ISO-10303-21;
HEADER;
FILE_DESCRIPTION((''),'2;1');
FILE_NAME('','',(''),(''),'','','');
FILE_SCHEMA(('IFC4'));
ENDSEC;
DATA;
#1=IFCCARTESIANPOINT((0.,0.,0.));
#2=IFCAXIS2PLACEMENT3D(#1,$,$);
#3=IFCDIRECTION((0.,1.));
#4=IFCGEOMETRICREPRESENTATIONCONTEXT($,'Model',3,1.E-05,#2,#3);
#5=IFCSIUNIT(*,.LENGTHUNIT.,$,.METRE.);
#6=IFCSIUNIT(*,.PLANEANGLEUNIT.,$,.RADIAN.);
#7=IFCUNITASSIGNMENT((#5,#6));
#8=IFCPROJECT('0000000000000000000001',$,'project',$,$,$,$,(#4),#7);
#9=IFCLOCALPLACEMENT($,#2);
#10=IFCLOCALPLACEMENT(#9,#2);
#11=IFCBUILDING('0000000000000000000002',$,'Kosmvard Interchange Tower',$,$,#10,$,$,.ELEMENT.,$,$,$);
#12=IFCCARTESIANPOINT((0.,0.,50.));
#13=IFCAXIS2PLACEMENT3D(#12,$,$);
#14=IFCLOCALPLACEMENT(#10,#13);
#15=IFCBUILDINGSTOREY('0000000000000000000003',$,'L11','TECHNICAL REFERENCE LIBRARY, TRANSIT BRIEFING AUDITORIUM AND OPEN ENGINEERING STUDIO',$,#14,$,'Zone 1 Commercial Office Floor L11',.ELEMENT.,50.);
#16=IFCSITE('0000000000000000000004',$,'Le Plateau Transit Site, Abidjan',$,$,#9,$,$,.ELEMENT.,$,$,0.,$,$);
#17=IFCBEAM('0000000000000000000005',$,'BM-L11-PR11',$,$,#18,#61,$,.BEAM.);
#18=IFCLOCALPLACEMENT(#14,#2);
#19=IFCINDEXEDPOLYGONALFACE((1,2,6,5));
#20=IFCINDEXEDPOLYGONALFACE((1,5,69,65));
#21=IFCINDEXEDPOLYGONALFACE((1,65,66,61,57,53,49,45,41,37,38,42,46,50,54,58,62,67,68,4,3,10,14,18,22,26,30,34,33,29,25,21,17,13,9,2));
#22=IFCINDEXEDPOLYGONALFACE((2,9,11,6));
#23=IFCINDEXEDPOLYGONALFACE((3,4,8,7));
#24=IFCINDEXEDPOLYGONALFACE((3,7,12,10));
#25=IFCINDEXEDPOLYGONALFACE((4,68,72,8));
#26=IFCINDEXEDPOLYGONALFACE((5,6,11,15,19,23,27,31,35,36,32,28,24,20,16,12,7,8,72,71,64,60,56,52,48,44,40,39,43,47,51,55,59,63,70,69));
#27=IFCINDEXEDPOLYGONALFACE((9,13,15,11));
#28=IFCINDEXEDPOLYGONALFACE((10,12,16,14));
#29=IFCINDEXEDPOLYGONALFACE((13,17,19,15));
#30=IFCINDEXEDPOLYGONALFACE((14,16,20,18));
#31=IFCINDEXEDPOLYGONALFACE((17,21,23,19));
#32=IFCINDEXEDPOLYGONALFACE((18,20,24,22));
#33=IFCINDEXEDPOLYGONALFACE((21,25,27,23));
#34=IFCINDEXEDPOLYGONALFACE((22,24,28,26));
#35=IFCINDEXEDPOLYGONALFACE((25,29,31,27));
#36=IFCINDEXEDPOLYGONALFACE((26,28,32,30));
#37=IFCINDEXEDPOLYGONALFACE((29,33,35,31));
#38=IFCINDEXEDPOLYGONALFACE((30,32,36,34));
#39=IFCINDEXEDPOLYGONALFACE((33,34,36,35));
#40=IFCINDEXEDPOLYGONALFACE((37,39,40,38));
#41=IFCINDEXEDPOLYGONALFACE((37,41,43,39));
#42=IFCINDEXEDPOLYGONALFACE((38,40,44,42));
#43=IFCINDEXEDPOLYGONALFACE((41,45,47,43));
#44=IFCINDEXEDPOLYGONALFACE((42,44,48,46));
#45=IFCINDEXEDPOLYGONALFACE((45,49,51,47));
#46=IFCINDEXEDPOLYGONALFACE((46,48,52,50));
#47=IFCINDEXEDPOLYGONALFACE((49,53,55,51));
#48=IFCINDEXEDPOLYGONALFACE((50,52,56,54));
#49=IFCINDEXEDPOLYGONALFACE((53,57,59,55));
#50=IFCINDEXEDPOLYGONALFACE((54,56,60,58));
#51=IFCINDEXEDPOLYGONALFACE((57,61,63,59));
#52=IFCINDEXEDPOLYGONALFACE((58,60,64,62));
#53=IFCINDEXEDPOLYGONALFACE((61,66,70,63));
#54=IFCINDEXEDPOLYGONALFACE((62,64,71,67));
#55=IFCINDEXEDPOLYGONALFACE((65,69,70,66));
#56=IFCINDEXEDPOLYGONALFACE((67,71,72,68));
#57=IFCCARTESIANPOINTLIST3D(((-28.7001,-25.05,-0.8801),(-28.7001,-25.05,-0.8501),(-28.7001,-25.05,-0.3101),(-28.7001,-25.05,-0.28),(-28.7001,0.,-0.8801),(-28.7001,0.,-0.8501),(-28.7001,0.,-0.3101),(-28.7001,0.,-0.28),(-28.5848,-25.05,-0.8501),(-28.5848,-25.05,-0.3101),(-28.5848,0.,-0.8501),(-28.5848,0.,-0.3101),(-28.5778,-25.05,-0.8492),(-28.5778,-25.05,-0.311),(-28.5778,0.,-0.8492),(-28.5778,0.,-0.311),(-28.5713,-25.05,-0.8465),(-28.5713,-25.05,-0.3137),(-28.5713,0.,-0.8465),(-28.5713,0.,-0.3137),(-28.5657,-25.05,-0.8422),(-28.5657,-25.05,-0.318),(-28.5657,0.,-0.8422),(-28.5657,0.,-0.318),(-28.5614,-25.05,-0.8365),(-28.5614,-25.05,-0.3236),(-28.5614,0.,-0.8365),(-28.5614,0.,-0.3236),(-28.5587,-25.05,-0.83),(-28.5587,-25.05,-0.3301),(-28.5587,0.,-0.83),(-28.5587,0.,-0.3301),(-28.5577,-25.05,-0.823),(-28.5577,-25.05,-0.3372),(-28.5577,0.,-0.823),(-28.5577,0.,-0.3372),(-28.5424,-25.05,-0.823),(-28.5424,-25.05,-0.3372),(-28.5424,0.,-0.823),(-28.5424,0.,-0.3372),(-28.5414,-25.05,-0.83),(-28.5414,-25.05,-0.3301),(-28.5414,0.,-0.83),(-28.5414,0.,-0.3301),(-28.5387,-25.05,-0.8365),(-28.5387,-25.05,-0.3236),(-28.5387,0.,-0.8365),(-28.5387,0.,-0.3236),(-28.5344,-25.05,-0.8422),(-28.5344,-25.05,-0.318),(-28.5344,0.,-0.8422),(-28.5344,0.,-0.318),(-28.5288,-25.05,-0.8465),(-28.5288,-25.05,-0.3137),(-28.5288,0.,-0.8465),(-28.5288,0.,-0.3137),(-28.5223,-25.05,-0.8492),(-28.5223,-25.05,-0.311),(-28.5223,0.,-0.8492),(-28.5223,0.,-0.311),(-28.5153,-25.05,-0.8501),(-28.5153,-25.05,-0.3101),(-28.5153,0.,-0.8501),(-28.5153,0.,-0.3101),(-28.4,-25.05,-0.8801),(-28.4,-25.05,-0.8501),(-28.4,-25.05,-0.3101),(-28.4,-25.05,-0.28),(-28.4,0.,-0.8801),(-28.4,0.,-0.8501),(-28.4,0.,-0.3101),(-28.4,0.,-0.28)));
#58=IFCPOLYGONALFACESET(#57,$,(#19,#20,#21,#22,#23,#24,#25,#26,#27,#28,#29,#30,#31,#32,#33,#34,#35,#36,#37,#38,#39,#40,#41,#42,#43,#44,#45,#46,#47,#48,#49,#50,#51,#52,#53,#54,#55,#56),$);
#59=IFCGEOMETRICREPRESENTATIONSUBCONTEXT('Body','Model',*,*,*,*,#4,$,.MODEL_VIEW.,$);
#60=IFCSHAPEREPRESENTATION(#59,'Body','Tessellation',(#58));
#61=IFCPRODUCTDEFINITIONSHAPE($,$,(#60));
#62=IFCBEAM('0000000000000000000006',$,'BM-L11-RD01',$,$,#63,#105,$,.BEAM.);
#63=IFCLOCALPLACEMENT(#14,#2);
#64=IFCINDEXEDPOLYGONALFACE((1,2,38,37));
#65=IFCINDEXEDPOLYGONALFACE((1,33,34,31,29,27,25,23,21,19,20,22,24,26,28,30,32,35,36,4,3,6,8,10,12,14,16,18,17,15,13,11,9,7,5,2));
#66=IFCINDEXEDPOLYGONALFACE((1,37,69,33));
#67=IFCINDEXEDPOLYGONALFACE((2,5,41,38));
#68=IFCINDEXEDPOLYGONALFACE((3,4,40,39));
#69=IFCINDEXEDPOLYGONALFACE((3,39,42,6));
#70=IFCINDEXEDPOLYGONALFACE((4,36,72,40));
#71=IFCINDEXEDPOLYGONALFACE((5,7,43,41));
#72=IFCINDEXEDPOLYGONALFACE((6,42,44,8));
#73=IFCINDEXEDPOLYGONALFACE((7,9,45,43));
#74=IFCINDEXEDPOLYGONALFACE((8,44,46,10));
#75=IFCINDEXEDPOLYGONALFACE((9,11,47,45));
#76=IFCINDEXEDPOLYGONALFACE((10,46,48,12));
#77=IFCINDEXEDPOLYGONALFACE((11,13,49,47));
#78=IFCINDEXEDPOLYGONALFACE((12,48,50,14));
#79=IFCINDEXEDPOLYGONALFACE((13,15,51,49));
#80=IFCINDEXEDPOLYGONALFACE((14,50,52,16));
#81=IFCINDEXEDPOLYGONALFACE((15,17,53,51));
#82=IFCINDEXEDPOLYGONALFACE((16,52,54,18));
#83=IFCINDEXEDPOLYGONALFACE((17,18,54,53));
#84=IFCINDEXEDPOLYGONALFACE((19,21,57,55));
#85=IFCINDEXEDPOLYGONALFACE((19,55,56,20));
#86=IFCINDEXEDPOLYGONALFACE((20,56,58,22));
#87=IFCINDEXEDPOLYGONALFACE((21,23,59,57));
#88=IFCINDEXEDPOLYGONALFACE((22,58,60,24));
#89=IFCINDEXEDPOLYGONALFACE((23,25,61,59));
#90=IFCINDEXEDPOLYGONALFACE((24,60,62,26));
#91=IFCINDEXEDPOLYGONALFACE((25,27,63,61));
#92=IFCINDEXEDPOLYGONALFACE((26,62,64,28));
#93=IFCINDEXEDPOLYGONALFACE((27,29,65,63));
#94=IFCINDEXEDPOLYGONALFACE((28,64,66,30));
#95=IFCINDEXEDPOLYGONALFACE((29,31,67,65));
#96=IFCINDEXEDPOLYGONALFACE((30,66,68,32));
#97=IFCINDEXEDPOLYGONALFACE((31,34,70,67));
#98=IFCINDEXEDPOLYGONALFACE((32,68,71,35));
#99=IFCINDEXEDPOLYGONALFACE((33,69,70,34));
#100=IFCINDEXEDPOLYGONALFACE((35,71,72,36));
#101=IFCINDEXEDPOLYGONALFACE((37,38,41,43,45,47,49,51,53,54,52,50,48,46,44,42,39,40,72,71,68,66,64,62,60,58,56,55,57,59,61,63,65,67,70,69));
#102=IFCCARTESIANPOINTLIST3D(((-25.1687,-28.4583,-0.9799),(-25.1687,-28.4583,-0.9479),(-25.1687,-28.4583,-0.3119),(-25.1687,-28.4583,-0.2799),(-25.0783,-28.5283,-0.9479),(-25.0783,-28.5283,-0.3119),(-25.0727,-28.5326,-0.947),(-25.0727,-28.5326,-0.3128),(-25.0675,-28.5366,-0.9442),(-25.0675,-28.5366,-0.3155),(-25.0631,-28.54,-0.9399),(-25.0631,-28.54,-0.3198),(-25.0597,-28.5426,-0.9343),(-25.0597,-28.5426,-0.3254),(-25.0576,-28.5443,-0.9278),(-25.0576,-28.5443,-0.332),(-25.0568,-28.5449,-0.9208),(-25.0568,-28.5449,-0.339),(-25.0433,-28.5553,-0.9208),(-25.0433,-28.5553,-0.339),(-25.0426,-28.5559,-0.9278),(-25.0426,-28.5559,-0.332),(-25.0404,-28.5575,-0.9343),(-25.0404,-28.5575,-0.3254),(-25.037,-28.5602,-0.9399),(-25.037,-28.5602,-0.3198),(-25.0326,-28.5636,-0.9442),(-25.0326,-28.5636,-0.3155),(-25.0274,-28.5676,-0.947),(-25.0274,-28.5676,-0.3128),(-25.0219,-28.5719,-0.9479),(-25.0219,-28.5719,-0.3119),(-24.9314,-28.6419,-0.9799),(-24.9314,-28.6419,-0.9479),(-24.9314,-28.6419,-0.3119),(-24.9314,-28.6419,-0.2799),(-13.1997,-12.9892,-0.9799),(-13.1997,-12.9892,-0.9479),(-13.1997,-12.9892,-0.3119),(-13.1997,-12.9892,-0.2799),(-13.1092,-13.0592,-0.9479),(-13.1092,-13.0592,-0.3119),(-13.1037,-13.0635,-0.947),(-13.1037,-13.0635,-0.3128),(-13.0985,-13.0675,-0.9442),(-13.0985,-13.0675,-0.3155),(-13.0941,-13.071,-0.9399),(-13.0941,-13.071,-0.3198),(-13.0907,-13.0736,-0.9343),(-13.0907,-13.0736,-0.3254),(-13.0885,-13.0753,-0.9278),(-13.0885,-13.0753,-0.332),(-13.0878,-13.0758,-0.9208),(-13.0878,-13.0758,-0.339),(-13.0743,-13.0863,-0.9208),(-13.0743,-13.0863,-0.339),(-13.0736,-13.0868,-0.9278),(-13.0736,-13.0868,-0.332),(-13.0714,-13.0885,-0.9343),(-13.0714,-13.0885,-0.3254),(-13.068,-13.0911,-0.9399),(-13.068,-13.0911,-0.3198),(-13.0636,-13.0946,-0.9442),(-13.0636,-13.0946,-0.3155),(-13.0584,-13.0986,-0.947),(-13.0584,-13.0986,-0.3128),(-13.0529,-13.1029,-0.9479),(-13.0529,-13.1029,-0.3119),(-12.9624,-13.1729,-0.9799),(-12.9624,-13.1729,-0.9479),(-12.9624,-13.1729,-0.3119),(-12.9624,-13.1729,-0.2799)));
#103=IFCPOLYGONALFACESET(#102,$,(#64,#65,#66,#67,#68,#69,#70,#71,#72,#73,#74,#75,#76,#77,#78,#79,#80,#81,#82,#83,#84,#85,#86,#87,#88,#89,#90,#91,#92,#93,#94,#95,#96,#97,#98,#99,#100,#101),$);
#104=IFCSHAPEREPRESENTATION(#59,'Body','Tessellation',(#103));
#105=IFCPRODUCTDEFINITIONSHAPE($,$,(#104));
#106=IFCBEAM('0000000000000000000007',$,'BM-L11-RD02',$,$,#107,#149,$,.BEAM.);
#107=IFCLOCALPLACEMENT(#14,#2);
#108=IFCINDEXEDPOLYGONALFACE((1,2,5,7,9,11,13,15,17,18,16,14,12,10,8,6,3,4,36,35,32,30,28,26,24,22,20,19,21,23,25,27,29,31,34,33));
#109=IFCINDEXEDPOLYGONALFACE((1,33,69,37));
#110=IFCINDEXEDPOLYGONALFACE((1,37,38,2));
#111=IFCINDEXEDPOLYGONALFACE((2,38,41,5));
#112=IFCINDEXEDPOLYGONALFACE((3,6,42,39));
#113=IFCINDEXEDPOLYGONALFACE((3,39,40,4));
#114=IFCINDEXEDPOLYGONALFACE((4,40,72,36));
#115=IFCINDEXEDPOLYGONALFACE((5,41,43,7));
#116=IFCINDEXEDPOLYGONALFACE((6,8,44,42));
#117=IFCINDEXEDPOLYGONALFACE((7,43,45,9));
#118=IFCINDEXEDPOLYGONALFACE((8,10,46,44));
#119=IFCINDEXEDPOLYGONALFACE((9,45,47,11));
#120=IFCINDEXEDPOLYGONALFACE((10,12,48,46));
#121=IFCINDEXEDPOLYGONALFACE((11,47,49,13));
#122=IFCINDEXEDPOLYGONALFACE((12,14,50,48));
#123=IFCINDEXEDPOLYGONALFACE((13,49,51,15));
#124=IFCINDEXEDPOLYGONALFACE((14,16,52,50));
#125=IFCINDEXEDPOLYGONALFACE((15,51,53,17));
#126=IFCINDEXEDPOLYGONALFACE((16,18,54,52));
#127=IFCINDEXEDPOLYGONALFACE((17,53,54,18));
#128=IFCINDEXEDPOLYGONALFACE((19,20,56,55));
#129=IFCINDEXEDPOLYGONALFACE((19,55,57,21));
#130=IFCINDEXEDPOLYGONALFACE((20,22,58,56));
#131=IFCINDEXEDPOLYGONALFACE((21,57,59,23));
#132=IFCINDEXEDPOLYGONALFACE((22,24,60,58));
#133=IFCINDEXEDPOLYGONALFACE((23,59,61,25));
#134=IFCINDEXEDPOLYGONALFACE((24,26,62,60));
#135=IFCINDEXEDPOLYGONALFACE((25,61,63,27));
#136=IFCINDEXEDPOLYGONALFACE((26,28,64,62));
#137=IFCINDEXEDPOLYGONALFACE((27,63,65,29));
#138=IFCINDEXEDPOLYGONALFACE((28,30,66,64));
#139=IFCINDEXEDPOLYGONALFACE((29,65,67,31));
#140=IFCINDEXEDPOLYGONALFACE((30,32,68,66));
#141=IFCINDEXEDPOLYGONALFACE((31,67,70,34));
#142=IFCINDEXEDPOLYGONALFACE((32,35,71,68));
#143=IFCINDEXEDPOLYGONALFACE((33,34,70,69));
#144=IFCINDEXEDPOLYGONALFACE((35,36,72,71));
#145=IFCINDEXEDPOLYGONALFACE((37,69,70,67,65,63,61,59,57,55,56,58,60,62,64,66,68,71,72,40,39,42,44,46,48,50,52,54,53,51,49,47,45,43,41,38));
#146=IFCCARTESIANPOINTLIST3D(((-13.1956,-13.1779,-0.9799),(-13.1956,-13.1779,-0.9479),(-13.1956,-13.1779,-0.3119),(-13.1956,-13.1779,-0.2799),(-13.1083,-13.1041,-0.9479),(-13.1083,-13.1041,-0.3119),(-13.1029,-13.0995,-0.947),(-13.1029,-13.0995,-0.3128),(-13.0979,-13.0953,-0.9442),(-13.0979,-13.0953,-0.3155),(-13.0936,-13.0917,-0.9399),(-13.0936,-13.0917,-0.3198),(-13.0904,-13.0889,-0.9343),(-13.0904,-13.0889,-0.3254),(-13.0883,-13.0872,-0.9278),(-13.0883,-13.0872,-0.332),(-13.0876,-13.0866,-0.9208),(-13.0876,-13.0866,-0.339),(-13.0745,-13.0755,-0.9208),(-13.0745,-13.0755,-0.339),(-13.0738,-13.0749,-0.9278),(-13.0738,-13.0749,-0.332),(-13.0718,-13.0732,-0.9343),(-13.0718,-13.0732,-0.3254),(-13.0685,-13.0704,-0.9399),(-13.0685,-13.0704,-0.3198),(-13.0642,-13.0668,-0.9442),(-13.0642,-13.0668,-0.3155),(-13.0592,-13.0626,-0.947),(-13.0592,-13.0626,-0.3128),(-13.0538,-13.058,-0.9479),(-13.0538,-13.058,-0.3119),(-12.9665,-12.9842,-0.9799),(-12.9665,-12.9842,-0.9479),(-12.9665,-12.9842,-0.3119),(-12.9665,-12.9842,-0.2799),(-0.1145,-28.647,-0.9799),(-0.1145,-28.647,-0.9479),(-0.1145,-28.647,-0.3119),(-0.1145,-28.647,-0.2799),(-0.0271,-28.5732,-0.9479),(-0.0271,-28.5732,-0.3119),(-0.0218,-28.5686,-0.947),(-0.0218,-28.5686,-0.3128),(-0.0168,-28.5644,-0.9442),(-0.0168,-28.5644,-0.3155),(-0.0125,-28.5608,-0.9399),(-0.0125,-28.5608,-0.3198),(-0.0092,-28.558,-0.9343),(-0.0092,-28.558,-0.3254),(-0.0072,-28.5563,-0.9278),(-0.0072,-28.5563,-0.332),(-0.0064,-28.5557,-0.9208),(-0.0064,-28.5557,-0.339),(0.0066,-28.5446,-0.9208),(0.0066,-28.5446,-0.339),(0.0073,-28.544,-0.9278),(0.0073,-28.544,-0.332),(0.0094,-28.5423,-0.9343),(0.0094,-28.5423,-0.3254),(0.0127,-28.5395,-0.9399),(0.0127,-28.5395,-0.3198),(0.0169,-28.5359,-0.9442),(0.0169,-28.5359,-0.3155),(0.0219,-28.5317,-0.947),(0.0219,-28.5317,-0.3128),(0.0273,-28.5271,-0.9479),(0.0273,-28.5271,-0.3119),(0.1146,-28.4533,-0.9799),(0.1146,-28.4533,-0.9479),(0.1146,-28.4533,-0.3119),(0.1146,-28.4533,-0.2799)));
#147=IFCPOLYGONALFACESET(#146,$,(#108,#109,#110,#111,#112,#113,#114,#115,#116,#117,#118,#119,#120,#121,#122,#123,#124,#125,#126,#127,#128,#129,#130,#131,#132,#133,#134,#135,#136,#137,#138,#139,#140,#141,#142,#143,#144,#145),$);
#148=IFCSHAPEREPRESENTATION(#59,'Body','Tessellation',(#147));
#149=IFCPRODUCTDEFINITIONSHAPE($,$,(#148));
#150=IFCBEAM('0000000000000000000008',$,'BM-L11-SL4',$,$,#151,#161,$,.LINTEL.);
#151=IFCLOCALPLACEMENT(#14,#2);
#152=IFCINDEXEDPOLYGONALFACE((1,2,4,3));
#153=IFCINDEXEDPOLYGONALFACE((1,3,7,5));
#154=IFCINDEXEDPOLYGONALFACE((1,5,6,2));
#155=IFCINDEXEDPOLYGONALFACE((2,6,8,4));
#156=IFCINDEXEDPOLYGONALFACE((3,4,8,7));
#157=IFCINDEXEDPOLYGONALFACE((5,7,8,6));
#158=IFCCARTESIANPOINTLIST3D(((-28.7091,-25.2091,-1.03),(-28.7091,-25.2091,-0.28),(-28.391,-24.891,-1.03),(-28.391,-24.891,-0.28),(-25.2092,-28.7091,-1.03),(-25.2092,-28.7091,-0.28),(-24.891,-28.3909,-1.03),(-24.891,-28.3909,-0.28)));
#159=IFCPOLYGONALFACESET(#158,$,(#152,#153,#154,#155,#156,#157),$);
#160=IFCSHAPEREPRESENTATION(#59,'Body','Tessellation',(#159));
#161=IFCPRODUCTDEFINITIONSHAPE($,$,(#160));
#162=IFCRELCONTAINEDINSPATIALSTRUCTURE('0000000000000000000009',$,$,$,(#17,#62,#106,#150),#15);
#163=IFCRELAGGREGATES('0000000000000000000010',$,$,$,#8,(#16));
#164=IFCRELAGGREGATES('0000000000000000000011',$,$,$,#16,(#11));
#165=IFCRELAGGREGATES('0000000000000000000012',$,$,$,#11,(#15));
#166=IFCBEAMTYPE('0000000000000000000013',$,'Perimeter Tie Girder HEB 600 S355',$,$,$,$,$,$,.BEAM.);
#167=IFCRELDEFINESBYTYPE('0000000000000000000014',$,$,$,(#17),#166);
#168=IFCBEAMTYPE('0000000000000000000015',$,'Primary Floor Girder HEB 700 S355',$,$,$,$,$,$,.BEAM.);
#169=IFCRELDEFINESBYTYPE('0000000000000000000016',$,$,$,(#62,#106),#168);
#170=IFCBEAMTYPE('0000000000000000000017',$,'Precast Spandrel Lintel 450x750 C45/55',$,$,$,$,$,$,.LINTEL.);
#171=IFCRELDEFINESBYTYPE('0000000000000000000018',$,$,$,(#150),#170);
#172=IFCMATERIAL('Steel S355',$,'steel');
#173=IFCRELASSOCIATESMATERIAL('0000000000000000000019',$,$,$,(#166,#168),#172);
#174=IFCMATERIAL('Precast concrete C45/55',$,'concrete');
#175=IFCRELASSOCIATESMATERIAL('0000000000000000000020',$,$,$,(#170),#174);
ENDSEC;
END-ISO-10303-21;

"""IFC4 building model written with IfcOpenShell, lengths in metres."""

from ifc_helpers import new_model, si_unit, direction, frame, origin, origin_2d, place, context, subcontext, project, spatial, rectangle, i_section, extrude, source, transform, mapped, material, material_profile, profile_set, type_object, element, save


model = new_model("IFC4")

# Units and contexts
model_context = context("Model", 3, precision=1e-05, world=origin(), true_north=direction((0.0, 1.0)))
body_context = subcontext(model_context, "Body", "Model", "MODEL_VIEW")
ifc_project = project(units=[si_unit("LENGTHUNIT", "METRE"), si_unit("PLANEANGLEUNIT", "RADIAN")], contexts=[model_context])

# Site, building, storey
site_placement = place(None, origin())
site = spatial("IfcSite", under=ifc_project, at=site_placement, Name="Le Plateau Transit Site, Abidjan", CompositionType="ELEMENT", RefElevation=0.0)
building_placement = place(site_placement, origin())
building = spatial("IfcBuilding", under=site, at=building_placement, Name="Kosmvard Interchange Tower", CompositionType="ELEMENT")
storey_placement = place(building_placement, frame((0.0, 0.0, 50.0)))
storey = spatial("IfcBuildingStorey", under=building, at=storey_placement, Name="L11", Description="TECHNICAL REFERENCE LIBRARY, TRANSIT BRIEFING AUDITORIUM AND OPEN ENGINEERING STUDIO", LongName="Zone 1 Commercial Office Floor L11", CompositionType="ELEMENT", Elevation=50.0)

# Beams
ifc_material_1 = material(Name="Steel S355", Category="steel")
ifc_material_profile_1 = material_profile(ifc_material_1, i_section(OverallWidth=0.3, OverallDepth=0.6001, WebThickness=0.0154, FlangeThickness=0.03, FilletRadius=0.0271, at=origin_2d()), Name="HEB 600")
ifc_profile_set_1 = profile_set([ifc_material_profile_1], Name="Steel S355")
beam_type_1 = type_object("IfcBeamType", Name="Perimeter Tie Girder HEB 600 S355", PredefinedType="BEAM", material=ifc_profile_set_1)
shared_shape_1 = source(origin(), body_context, "Body", "SweptSolid", [
    extrude(i_section(OverallWidth=0.3, OverallDepth=0.6001, WebThickness=0.0154, FlangeThickness=0.03, FilletRadius=0.0271, at=origin_2d()), origin(), (0.0, 0.0, 1.0), 25.05),
])
for number, where, z_axis, x_axis, name in (
    (1, (-28.55, 0.0, -0.5801), (0.0, -1.0, 0.0), (1.0, 0.0, 0.0), "BM-L11-PR11"),
):
    element("IfcBeam", number, at=place(storey_placement, frame(where, z_axis=z_axis, x_axis=x_axis)), inside=storey, type_object=beam_type_1, Name=name, PredefinedType="BEAM", context=body_context, shape_type="MappedRepresentation", body=[
        mapped(shared_shape_1, transform((0.0, 0.0, 0.0), scale=1.0)),
    ])
ifc_material_profile_2 = material_profile(ifc_material_1, i_section(OverallWidth=0.3, OverallDepth=0.7, WebThickness=0.0171, FlangeThickness=0.032, FilletRadius=0.0271, at=origin_2d()), Name="HEB 700")
ifc_profile_set_2 = profile_set([ifc_material_profile_2], Name="Steel S355")
beam_type_2 = type_object("IfcBeamType", Name="Primary Floor Girder HEB 700 S355", PredefinedType="BEAM", material=ifc_profile_set_2)
shared_shape_2 = source(origin(), body_context, "Body", "SweptSolid", [
    extrude(i_section(OverallWidth=0.3, OverallDepth=0.7, WebThickness=0.0171, FlangeThickness=0.032, FilletRadius=0.0271, at=origin_2d()), origin(), (0.0, 0.0, 1.0), 19.5588),
])
beam_1_placement = place(storey_placement, frame((-13.0811, -13.0811, -0.6299), z_axis=(-0.611949, -0.790897, 0.0), x_axis=(0.790897, -0.611949, 0.0)))
element("IfcBeam", 2, at=beam_1_placement, inside=storey, type_object=beam_type_2, Name="BM-L11-RD01", PredefinedType="BEAM", context=body_context, shape_type="MappedRepresentation", body=[
    mapped(shared_shape_2, transform((0.0, 0.0, 0.0), scale=1.0)),
])
shared_shape_3 = source(origin(), body_context, "Body", "SweptSolid", [
    extrude(i_section(OverallWidth=0.3, OverallDepth=0.7, WebThickness=0.0171, FlangeThickness=0.032, FilletRadius=0.0271, at=origin_2d()), origin(), (0.0, 0.0, 1.0), 20.2585),
])
beam_2_placement = place(storey_placement, frame((-13.0811, -13.0811, -0.6299), z_axis=(0.645709, -0.763583, 0.0), x_axis=(0.763583, 0.645709, 0.0)))
element("IfcBeam", 3, at=beam_2_placement, inside=storey, type_object=beam_type_2, Name="BM-L11-RD02", PredefinedType="BEAM", context=body_context, shape_type="MappedRepresentation", body=[
    mapped(shared_shape_3, transform((0.0, 0.0, 0.0), scale=1.0)),
])
ifc_material_2 = material(Name="Precast concrete C45/55", Category="concrete")
ifc_material_profile_3 = material_profile(ifc_material_2, rectangle(XDim=0.45, YDim=0.75, at=origin_2d()), Name="SL 450x750")
ifc_profile_set_3 = profile_set([ifc_material_profile_3], Name="Precast concrete C45/55")
beam_type_3 = type_object("IfcBeamType", Name="Precast Spandrel Lintel 450x750 C45/55", PredefinedType="LINTEL", material=ifc_profile_set_3)
shared_shape_4 = source(origin(), body_context, "Body", "SweptSolid", [
    extrude(rectangle(XDim=0.45, YDim=0.75, at=origin_2d()), origin(), (0.0, 0.0, 1.0), 4.9497),
])
beam_3_placement = place(storey_placement, frame((-28.55, -25.05, -0.655), z_axis=(0.707107, -0.707107, 0.0), x_axis=(0.707107, 0.707107, 0.0)))
element("IfcBeam", 4, at=beam_3_placement, inside=storey, type_object=beam_type_3, Name="BM-L11-SL4", PredefinedType="LINTEL", context=body_context, shape_type="MappedRepresentation", body=[
    mapped(shared_shape_4, transform((0.0, 0.0, 0.0), scale=1.0)),
])

save(model, "model.ifc")
